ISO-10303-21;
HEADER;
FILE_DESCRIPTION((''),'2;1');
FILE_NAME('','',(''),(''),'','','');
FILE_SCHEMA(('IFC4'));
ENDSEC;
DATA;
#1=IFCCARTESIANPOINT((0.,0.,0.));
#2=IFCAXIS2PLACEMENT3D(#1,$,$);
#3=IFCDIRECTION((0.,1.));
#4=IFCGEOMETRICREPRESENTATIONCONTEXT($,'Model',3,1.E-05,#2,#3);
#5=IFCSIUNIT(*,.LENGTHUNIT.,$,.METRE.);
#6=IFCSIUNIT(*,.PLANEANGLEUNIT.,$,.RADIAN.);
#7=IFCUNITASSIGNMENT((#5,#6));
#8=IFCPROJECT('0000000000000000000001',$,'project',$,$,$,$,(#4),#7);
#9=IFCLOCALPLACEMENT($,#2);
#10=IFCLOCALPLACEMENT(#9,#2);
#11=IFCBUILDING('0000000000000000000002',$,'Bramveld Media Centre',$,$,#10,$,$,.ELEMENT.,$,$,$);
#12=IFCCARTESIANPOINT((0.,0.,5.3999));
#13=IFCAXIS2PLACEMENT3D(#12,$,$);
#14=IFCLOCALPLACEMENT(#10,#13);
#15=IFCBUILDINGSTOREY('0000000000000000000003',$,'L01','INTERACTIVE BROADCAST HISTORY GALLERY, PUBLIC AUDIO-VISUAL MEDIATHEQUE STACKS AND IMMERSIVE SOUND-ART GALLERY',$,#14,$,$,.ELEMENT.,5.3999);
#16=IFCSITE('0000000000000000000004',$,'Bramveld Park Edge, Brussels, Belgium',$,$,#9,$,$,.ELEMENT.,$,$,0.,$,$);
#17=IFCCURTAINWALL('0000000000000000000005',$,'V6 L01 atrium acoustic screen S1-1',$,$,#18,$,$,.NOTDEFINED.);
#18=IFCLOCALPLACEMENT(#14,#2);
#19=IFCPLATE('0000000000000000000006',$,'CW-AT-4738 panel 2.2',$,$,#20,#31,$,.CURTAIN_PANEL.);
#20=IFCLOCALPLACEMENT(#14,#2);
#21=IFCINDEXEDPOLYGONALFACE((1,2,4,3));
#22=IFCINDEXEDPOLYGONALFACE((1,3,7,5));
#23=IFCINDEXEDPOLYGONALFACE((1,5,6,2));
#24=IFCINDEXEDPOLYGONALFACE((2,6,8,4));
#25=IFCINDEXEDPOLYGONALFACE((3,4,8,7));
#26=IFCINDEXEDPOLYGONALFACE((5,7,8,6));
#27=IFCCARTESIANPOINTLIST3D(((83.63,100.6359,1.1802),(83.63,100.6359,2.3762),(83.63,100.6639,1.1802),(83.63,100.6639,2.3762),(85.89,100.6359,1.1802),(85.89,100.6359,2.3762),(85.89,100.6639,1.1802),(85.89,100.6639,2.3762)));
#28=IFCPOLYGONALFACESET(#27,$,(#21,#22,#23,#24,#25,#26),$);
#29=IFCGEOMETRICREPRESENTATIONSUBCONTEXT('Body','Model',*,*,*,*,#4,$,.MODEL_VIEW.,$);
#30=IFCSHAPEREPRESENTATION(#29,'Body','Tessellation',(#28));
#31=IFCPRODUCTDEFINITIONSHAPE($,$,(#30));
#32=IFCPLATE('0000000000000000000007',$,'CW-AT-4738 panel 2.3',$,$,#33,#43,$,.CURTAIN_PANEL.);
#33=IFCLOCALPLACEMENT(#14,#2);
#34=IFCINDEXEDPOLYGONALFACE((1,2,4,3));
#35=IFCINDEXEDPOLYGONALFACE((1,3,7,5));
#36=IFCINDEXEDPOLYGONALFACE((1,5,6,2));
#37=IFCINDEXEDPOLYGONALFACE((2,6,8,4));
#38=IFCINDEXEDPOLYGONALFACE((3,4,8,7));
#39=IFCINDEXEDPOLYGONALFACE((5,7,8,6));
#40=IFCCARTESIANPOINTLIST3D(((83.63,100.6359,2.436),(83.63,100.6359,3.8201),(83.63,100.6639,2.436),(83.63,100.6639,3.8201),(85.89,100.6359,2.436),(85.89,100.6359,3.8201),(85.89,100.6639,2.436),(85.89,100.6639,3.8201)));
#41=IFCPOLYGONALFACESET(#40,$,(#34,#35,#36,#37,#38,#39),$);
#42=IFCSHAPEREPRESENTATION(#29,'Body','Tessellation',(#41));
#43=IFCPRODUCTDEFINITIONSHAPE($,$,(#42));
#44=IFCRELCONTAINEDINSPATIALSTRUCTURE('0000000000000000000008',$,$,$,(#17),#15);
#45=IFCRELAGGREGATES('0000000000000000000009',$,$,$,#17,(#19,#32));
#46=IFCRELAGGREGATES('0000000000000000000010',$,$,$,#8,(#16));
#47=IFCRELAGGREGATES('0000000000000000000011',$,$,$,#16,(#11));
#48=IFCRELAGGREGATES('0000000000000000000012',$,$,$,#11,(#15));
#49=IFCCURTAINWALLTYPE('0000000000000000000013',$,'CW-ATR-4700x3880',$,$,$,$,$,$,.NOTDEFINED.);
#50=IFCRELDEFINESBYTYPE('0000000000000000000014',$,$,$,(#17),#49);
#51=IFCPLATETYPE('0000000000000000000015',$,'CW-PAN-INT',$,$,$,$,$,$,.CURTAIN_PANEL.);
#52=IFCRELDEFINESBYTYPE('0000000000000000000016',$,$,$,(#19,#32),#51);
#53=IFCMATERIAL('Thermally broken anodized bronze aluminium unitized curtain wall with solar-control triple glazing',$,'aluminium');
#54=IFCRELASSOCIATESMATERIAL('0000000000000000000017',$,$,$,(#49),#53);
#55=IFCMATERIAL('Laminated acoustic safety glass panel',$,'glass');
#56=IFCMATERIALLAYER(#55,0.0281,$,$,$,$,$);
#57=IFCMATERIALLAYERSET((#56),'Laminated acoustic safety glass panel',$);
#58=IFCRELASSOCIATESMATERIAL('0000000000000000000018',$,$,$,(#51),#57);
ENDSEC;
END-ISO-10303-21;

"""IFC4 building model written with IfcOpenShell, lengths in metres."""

from ifc_helpers import new_model, si_unit, direction, frame, origin, origin_2d, place, context, subcontext, project, spatial, rectangle, extrude, material, layer, layer_set, type_object, element, aggregate, save


model = new_model("IFC4")

# Units and contexts
model_context = context("Model", 3, precision=1e-05, world=origin(), true_north=direction((0.0, 1.0)))
body_context = subcontext(model_context, "Body", "Model", "MODEL_VIEW")
ifc_project = project(units=[si_unit("LENGTHUNIT", "METRE"), si_unit("PLANEANGLEUNIT", "RADIAN")], contexts=[model_context])

# Site, building, storey
site_placement = place(None, origin())
site = spatial("IfcSite", under=ifc_project, at=site_placement, Name="Bramveld Park Edge, Brussels, Belgium", CompositionType="ELEMENT", RefElevation=0.0)
building_placement = place(site_placement, origin())
building = spatial("IfcBuilding", under=site, at=building_placement, Name="Bramveld Media Centre", CompositionType="ELEMENT")
storey_placement = place(building_placement, frame((0.0, 0.0, 5.3999)))
storey = spatial("IfcBuildingStorey", under=building, at=storey_placement, Name="L01", Description="INTERACTIVE BROADCAST HISTORY GALLERY, PUBLIC AUDIO-VISUAL MEDIATHEQUE STACKS AND IMMERSIVE SOUND-ART GALLERY", CompositionType="ELEMENT", Elevation=5.3999)

# Curtain wall
ifc_material_1 = material(Name="Thermally broken anodized bronze aluminium unitized curtain wall with solar-control triple glazing", Category="aluminium")
curtain_wall_type_1 = type_object("IfcCurtainWallType", Name="CW-ATR-4700x3880", PredefinedType="NOTDEFINED", material=ifc_material_1)
curtain_wall_1_placement = place(storey_placement, origin())
curtain_wall_1 = element("IfcCurtainWall", 1, at=curtain_wall_1_placement, inside=storey, type_object=curtain_wall_type_1, Name="V6 L01 atrium acoustic screen S1-1", PredefinedType="NOTDEFINED")

# Plates
ifc_material_2 = material(Name="Laminated acoustic safety glass panel", Category="glass")
ifc_layer = layer(ifc_material_2, 0.0281)
ifc_layer_set = layer_set([ifc_layer], Name="Laminated acoustic safety glass panel")
plate_type = type_object("IfcPlateType", Name="CW-PAN-INT", PredefinedType="CURTAIN_PANEL", material=ifc_layer_set)
plate_1_placement = place(storey_placement, frame((84.76, 100.6499, 1.1802), z_axis=(0.0, 0.0, 1.0), x_axis=(1.0, 0.0, 0.0)))
plate_1 = element("IfcPlate", 2, at=plate_1_placement, type_object=plate_type, Name="CW-AT-4738 panel 2.2", PredefinedType="CURTAIN_PANEL", context=body_context, shape_type="SweptSolid", body=[
    extrude(rectangle(XDim=2.26, YDim=0.0281, at=origin_2d()), origin(), (0.0, 0.0, 1.0), 1.196),
])
plate_2_placement = place(storey_placement, frame((84.76, 100.6499, 2.436), z_axis=(0.0, 0.0, 1.0), x_axis=(1.0, 0.0, 0.0)))
plate_2 = element("IfcPlate", 3, at=plate_2_placement, type_object=plate_type, Name="CW-AT-4738 panel 2.3", PredefinedType="CURTAIN_PANEL", context=body_context, shape_type="SweptSolid", body=[
    extrude(rectangle(XDim=2.26, YDim=0.0281, at=origin_2d()), origin(), (0.0, 0.0, 1.0), 1.384),
])
aggregate(curtain_wall_1, [plate_1, plate_2])

save(model, "model.ifc")
